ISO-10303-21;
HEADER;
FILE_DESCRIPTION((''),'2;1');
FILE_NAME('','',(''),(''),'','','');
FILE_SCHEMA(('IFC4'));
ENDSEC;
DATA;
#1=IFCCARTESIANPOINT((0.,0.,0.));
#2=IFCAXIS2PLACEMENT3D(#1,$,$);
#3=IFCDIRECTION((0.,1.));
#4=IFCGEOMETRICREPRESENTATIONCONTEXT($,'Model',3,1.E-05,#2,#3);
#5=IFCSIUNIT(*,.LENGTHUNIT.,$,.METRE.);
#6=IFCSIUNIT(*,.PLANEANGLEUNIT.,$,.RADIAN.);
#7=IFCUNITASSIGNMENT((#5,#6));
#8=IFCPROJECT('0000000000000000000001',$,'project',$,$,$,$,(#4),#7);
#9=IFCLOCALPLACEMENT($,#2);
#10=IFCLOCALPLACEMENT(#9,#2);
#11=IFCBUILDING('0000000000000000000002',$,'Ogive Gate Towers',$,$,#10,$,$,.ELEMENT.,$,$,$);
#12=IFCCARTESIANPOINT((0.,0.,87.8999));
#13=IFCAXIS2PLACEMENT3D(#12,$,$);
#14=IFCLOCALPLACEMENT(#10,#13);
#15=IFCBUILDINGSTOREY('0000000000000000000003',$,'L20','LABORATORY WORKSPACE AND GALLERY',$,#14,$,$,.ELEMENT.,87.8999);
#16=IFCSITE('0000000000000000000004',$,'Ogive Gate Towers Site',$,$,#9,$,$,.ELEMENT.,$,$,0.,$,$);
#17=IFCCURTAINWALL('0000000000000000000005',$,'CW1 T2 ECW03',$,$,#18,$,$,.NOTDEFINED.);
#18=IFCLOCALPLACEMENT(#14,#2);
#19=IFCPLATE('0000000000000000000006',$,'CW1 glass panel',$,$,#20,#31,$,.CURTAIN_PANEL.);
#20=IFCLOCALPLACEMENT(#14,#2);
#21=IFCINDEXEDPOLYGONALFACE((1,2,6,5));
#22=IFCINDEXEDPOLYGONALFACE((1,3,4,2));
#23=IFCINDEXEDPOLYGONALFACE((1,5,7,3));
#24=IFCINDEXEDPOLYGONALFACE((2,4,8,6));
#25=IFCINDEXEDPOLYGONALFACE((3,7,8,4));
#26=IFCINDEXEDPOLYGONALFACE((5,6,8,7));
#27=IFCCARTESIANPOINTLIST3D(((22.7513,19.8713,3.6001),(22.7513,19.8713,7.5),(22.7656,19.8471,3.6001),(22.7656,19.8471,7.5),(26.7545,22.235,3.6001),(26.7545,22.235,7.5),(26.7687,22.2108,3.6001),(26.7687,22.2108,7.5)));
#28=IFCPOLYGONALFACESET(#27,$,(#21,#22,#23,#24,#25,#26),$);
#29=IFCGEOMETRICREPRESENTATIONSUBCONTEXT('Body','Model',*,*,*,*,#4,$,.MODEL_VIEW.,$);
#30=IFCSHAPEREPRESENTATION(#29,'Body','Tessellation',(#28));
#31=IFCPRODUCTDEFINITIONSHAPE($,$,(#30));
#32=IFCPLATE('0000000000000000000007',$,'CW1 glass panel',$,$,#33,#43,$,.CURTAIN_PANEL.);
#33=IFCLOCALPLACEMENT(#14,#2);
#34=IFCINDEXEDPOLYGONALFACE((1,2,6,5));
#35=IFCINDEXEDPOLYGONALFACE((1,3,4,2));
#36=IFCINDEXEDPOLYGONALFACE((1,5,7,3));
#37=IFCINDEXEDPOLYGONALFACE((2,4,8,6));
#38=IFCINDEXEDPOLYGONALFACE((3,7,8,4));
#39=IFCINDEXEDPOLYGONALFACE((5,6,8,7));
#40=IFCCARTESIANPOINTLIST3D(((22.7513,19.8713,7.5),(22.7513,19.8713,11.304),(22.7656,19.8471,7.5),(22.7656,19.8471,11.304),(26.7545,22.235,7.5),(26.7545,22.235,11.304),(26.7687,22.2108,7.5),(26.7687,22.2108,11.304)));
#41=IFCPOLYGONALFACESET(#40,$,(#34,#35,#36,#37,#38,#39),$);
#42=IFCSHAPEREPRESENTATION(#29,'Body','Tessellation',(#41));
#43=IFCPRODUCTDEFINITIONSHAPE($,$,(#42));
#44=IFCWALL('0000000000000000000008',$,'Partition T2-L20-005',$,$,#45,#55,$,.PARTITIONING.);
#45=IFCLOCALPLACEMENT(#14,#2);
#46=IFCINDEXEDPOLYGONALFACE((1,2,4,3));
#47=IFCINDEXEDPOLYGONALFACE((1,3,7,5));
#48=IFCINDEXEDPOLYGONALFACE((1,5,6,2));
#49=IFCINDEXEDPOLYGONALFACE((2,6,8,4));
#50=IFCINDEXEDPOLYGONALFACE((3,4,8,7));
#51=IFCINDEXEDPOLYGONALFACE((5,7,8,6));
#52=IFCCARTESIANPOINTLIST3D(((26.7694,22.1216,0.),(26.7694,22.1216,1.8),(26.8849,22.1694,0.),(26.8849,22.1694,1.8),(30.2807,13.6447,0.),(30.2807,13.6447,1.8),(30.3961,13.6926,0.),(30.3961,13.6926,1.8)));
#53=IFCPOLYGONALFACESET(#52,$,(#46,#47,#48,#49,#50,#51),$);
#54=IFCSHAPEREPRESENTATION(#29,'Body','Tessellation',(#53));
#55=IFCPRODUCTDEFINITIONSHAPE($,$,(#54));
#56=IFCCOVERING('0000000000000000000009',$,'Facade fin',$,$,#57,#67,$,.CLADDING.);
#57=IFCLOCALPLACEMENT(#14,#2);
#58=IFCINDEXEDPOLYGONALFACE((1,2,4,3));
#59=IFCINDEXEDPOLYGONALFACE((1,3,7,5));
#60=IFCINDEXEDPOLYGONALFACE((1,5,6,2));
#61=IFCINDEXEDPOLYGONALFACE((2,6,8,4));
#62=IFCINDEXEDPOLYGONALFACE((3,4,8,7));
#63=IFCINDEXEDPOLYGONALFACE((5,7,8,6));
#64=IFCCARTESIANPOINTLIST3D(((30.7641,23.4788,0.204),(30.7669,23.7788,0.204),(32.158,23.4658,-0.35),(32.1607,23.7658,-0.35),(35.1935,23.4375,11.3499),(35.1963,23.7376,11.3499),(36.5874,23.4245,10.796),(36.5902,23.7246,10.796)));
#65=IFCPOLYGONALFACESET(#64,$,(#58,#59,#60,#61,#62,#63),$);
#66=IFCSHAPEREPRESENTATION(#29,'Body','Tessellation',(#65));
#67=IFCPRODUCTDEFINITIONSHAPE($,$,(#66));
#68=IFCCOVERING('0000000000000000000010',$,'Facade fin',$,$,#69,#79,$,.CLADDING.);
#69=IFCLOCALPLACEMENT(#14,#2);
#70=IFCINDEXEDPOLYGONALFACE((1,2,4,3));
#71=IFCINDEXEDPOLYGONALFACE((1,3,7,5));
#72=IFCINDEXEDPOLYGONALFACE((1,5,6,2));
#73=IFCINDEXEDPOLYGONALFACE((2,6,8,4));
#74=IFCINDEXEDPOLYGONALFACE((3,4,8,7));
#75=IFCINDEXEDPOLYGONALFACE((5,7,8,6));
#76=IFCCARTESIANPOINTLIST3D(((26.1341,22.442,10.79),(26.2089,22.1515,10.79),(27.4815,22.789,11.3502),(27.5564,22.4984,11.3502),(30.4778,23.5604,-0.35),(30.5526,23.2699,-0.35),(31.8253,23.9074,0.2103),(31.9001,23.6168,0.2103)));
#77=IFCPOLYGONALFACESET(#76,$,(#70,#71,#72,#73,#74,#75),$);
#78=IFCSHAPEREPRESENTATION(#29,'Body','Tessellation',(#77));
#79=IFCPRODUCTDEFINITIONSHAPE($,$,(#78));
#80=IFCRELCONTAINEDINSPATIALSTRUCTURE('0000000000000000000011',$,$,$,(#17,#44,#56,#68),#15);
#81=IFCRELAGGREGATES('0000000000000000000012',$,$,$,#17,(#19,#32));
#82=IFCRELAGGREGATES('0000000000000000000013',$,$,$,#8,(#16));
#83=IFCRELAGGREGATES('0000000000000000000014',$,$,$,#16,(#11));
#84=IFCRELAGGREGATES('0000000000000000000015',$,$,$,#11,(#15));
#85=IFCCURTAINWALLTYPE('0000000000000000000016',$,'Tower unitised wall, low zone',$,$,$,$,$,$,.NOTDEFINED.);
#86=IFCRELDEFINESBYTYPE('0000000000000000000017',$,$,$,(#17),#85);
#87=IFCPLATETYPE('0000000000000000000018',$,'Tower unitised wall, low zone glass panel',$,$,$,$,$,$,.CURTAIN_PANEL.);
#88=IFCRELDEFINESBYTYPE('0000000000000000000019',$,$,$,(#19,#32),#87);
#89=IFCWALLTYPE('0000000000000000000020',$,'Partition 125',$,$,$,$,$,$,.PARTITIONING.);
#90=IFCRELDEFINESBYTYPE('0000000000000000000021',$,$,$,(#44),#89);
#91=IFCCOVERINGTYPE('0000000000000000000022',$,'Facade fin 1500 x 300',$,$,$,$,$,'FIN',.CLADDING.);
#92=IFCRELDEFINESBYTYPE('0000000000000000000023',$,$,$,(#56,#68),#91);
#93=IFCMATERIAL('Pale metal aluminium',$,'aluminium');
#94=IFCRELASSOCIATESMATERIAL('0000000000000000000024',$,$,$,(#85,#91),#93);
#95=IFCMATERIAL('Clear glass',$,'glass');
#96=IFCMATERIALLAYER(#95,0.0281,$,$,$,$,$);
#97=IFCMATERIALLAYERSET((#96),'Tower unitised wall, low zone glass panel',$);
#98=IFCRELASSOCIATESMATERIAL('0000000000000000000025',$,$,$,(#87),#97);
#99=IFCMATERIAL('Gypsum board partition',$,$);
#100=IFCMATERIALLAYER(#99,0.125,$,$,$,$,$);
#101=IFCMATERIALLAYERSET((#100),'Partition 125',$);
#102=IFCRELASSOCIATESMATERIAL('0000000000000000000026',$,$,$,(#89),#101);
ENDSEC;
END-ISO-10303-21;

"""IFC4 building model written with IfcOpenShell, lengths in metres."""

from ifc_helpers import new_model, si_unit, direction, frame, frame_2d, origin, origin_2d, place, context, subcontext, project, spatial, rectangle, extrude, material, layer, layer_set, material_profile, profile_set, type_object, element, aggregate, save


model = new_model("IFC4")

# Units and contexts
model_context = context("Model", 3, precision=1e-05, world=origin(), true_north=direction((0.0, 1.0)))
body_context = subcontext(model_context, "Body", "Model", "MODEL_VIEW")
ifc_project = project(units=[si_unit("LENGTHUNIT", "METRE"), si_unit("PLANEANGLEUNIT", "RADIAN")], contexts=[model_context])

# Site, building, storey
site_placement = place(None, origin())
site = spatial("IfcSite", under=ifc_project, at=site_placement, Name="Ogive Gate Towers Site", CompositionType="ELEMENT", RefElevation=0.0)
building_placement = place(site_placement, origin())
building = spatial("IfcBuilding", under=site, at=building_placement, Name="Ogive Gate Towers", CompositionType="ELEMENT")
storey_placement = place(building_placement, frame((0.0, 0.0, 87.8999)))
storey = spatial("IfcBuildingStorey", under=building, at=storey_placement, Name="L20", Description="LABORATORY WORKSPACE AND GALLERY", CompositionType="ELEMENT", Elevation=87.8999)

# Curtain wall, plates
ifc_material_1 = material(Name="Pale metal aluminium", Category="aluminium")
curtain_wall_type = type_object("IfcCurtainWallType", Name="Tower unitised wall, low zone", PredefinedType="NOTDEFINED", material=ifc_material_1)
curtain_wall_placement = place(storey_placement, origin())
curtain_wall = element("IfcCurtainWall", 1, at=curtain_wall_placement, inside=storey, type_object=curtain_wall_type, Name="CW1 T2 ECW03", PredefinedType="NOTDEFINED")
ifc_material_2 = material(Name="Clear glass", Category="glass")
ifc_layer_1 = layer(ifc_material_2, 0.0281)
ifc_layer_set_1 = layer_set([ifc_layer_1], Name="Tower unitised wall, low zone glass panel")
plate_type = type_object("IfcPlateType", Name="Tower unitised wall, low zone glass panel", PredefinedType="CURTAIN_PANEL", material=ifc_layer_set_1)
plate_1_placement = place(storey_placement, frame((24.76, 21.041, 3.6001), z_axis=(0.0, 0.0, 1.0), x_axis=(-0.861097, -0.50844, 0.0)))
plate_1 = element("IfcPlate", 2, at=plate_1_placement, type_object=plate_type, Name="CW1 glass panel", PredefinedType="CURTAIN_PANEL", context=body_context, shape_type="SweptSolid", body=[
    extrude(rectangle(XDim=4.6489, YDim=0.0281, at=origin_2d()), origin(), (0.0, 0.0, 1.0), 3.8999),
])
plate_2_placement = place(storey_placement, frame((24.76, 21.041, 7.5), z_axis=(0.0, 0.0, 1.0), x_axis=(-0.861097, -0.50844, 0.0)))
plate_2 = element("IfcPlate", 3, at=plate_2_placement, type_object=plate_type, Name="CW1 glass panel", PredefinedType="CURTAIN_PANEL", context=body_context, shape_type="SweptSolid", body=[
    extrude(rectangle(XDim=4.6489, YDim=0.0281, at=origin_2d()), origin(), (0.0, 0.0, 1.0), 3.804),
])
aggregate(curtain_wall, [plate_1, plate_2])

# Wall
ifc_material_3 = material(Name="Gypsum board partition")
ifc_layer_2 = layer(ifc_material_3, 0.125)
ifc_layer_set_2 = layer_set([ifc_layer_2], Name="Partition 125")
wall_type = type_object("IfcWallType", Name="Partition 125", PredefinedType="PARTITIONING", material=ifc_layer_set_2)
wall_placement = place(storey_placement, frame((26.8271, 22.1455, 0.0), z_axis=(0.0, 0.0, 1.0), x_axis=(0.382685, -0.923879, 0.0)))
element("IfcWall", 4, at=wall_placement, inside=storey, type_object=wall_type, Name="Partition T2-L20-005", PredefinedType="PARTITIONING", context=body_context, shape_type="SweptSolid", body=[
    extrude(rectangle(XDim=9.1753, YDim=0.125, at=frame_2d((4.5876, 0.0))), origin(), (0.0, 0.0, 1.0), 1.8),
])

# Coverings
ifc_material_profile_1 = material_profile(ifc_material_1, rectangle(XDim=0.3, YDim=1.5, at=origin_2d()), Name="1500 x 300 pale metal aluminium")
ifc_profile_set_1 = profile_set([ifc_material_profile_1], Name="Pale metal aluminium")
covering_type = type_object("IfcCoveringType", Name="Facade fin 1500 x 300", ElementType="FIN", PredefinedType="CLADDING", material=ifc_profile_set_1)
covering_1_placement = place(storey_placement, frame((31.4624, 23.6223, -0.073), z_axis=(0.369306, -0.00344, 0.929301), x_axis=(0.009314, 0.999957, 0.0)))
element("IfcCovering", 5, at=covering_1_placement, inside=storey, type_object=covering_type, Name="Facade fin", PredefinedType="CLADDING", context=body_context, shape_type="SweptSolid", body=[
    extrude(rectangle(XDim=0.3, YDim=1.5, at=origin_2d()), origin(), (0.0, 0.0, 1.0), 11.9939),
])
covering_2_placement = place(storey_placement, frame((31.189, 23.5886, -0.0698), z_axis=(-0.361708, -0.093131, 0.927628), x_axis=(0.249343, -0.968415, 0.0)))
element("IfcCovering", 6, at=covering_2_placement, inside=storey, type_object=covering_type, Name="Facade fin", PredefinedType="CLADDING", context=body_context, shape_type="SweptSolid", body=[
    extrude(rectangle(XDim=0.3, YDim=1.5, at=origin_2d()), origin(), (0.0, 0.0, 1.0), 12.009),
])

save(model, "model.ifc")
